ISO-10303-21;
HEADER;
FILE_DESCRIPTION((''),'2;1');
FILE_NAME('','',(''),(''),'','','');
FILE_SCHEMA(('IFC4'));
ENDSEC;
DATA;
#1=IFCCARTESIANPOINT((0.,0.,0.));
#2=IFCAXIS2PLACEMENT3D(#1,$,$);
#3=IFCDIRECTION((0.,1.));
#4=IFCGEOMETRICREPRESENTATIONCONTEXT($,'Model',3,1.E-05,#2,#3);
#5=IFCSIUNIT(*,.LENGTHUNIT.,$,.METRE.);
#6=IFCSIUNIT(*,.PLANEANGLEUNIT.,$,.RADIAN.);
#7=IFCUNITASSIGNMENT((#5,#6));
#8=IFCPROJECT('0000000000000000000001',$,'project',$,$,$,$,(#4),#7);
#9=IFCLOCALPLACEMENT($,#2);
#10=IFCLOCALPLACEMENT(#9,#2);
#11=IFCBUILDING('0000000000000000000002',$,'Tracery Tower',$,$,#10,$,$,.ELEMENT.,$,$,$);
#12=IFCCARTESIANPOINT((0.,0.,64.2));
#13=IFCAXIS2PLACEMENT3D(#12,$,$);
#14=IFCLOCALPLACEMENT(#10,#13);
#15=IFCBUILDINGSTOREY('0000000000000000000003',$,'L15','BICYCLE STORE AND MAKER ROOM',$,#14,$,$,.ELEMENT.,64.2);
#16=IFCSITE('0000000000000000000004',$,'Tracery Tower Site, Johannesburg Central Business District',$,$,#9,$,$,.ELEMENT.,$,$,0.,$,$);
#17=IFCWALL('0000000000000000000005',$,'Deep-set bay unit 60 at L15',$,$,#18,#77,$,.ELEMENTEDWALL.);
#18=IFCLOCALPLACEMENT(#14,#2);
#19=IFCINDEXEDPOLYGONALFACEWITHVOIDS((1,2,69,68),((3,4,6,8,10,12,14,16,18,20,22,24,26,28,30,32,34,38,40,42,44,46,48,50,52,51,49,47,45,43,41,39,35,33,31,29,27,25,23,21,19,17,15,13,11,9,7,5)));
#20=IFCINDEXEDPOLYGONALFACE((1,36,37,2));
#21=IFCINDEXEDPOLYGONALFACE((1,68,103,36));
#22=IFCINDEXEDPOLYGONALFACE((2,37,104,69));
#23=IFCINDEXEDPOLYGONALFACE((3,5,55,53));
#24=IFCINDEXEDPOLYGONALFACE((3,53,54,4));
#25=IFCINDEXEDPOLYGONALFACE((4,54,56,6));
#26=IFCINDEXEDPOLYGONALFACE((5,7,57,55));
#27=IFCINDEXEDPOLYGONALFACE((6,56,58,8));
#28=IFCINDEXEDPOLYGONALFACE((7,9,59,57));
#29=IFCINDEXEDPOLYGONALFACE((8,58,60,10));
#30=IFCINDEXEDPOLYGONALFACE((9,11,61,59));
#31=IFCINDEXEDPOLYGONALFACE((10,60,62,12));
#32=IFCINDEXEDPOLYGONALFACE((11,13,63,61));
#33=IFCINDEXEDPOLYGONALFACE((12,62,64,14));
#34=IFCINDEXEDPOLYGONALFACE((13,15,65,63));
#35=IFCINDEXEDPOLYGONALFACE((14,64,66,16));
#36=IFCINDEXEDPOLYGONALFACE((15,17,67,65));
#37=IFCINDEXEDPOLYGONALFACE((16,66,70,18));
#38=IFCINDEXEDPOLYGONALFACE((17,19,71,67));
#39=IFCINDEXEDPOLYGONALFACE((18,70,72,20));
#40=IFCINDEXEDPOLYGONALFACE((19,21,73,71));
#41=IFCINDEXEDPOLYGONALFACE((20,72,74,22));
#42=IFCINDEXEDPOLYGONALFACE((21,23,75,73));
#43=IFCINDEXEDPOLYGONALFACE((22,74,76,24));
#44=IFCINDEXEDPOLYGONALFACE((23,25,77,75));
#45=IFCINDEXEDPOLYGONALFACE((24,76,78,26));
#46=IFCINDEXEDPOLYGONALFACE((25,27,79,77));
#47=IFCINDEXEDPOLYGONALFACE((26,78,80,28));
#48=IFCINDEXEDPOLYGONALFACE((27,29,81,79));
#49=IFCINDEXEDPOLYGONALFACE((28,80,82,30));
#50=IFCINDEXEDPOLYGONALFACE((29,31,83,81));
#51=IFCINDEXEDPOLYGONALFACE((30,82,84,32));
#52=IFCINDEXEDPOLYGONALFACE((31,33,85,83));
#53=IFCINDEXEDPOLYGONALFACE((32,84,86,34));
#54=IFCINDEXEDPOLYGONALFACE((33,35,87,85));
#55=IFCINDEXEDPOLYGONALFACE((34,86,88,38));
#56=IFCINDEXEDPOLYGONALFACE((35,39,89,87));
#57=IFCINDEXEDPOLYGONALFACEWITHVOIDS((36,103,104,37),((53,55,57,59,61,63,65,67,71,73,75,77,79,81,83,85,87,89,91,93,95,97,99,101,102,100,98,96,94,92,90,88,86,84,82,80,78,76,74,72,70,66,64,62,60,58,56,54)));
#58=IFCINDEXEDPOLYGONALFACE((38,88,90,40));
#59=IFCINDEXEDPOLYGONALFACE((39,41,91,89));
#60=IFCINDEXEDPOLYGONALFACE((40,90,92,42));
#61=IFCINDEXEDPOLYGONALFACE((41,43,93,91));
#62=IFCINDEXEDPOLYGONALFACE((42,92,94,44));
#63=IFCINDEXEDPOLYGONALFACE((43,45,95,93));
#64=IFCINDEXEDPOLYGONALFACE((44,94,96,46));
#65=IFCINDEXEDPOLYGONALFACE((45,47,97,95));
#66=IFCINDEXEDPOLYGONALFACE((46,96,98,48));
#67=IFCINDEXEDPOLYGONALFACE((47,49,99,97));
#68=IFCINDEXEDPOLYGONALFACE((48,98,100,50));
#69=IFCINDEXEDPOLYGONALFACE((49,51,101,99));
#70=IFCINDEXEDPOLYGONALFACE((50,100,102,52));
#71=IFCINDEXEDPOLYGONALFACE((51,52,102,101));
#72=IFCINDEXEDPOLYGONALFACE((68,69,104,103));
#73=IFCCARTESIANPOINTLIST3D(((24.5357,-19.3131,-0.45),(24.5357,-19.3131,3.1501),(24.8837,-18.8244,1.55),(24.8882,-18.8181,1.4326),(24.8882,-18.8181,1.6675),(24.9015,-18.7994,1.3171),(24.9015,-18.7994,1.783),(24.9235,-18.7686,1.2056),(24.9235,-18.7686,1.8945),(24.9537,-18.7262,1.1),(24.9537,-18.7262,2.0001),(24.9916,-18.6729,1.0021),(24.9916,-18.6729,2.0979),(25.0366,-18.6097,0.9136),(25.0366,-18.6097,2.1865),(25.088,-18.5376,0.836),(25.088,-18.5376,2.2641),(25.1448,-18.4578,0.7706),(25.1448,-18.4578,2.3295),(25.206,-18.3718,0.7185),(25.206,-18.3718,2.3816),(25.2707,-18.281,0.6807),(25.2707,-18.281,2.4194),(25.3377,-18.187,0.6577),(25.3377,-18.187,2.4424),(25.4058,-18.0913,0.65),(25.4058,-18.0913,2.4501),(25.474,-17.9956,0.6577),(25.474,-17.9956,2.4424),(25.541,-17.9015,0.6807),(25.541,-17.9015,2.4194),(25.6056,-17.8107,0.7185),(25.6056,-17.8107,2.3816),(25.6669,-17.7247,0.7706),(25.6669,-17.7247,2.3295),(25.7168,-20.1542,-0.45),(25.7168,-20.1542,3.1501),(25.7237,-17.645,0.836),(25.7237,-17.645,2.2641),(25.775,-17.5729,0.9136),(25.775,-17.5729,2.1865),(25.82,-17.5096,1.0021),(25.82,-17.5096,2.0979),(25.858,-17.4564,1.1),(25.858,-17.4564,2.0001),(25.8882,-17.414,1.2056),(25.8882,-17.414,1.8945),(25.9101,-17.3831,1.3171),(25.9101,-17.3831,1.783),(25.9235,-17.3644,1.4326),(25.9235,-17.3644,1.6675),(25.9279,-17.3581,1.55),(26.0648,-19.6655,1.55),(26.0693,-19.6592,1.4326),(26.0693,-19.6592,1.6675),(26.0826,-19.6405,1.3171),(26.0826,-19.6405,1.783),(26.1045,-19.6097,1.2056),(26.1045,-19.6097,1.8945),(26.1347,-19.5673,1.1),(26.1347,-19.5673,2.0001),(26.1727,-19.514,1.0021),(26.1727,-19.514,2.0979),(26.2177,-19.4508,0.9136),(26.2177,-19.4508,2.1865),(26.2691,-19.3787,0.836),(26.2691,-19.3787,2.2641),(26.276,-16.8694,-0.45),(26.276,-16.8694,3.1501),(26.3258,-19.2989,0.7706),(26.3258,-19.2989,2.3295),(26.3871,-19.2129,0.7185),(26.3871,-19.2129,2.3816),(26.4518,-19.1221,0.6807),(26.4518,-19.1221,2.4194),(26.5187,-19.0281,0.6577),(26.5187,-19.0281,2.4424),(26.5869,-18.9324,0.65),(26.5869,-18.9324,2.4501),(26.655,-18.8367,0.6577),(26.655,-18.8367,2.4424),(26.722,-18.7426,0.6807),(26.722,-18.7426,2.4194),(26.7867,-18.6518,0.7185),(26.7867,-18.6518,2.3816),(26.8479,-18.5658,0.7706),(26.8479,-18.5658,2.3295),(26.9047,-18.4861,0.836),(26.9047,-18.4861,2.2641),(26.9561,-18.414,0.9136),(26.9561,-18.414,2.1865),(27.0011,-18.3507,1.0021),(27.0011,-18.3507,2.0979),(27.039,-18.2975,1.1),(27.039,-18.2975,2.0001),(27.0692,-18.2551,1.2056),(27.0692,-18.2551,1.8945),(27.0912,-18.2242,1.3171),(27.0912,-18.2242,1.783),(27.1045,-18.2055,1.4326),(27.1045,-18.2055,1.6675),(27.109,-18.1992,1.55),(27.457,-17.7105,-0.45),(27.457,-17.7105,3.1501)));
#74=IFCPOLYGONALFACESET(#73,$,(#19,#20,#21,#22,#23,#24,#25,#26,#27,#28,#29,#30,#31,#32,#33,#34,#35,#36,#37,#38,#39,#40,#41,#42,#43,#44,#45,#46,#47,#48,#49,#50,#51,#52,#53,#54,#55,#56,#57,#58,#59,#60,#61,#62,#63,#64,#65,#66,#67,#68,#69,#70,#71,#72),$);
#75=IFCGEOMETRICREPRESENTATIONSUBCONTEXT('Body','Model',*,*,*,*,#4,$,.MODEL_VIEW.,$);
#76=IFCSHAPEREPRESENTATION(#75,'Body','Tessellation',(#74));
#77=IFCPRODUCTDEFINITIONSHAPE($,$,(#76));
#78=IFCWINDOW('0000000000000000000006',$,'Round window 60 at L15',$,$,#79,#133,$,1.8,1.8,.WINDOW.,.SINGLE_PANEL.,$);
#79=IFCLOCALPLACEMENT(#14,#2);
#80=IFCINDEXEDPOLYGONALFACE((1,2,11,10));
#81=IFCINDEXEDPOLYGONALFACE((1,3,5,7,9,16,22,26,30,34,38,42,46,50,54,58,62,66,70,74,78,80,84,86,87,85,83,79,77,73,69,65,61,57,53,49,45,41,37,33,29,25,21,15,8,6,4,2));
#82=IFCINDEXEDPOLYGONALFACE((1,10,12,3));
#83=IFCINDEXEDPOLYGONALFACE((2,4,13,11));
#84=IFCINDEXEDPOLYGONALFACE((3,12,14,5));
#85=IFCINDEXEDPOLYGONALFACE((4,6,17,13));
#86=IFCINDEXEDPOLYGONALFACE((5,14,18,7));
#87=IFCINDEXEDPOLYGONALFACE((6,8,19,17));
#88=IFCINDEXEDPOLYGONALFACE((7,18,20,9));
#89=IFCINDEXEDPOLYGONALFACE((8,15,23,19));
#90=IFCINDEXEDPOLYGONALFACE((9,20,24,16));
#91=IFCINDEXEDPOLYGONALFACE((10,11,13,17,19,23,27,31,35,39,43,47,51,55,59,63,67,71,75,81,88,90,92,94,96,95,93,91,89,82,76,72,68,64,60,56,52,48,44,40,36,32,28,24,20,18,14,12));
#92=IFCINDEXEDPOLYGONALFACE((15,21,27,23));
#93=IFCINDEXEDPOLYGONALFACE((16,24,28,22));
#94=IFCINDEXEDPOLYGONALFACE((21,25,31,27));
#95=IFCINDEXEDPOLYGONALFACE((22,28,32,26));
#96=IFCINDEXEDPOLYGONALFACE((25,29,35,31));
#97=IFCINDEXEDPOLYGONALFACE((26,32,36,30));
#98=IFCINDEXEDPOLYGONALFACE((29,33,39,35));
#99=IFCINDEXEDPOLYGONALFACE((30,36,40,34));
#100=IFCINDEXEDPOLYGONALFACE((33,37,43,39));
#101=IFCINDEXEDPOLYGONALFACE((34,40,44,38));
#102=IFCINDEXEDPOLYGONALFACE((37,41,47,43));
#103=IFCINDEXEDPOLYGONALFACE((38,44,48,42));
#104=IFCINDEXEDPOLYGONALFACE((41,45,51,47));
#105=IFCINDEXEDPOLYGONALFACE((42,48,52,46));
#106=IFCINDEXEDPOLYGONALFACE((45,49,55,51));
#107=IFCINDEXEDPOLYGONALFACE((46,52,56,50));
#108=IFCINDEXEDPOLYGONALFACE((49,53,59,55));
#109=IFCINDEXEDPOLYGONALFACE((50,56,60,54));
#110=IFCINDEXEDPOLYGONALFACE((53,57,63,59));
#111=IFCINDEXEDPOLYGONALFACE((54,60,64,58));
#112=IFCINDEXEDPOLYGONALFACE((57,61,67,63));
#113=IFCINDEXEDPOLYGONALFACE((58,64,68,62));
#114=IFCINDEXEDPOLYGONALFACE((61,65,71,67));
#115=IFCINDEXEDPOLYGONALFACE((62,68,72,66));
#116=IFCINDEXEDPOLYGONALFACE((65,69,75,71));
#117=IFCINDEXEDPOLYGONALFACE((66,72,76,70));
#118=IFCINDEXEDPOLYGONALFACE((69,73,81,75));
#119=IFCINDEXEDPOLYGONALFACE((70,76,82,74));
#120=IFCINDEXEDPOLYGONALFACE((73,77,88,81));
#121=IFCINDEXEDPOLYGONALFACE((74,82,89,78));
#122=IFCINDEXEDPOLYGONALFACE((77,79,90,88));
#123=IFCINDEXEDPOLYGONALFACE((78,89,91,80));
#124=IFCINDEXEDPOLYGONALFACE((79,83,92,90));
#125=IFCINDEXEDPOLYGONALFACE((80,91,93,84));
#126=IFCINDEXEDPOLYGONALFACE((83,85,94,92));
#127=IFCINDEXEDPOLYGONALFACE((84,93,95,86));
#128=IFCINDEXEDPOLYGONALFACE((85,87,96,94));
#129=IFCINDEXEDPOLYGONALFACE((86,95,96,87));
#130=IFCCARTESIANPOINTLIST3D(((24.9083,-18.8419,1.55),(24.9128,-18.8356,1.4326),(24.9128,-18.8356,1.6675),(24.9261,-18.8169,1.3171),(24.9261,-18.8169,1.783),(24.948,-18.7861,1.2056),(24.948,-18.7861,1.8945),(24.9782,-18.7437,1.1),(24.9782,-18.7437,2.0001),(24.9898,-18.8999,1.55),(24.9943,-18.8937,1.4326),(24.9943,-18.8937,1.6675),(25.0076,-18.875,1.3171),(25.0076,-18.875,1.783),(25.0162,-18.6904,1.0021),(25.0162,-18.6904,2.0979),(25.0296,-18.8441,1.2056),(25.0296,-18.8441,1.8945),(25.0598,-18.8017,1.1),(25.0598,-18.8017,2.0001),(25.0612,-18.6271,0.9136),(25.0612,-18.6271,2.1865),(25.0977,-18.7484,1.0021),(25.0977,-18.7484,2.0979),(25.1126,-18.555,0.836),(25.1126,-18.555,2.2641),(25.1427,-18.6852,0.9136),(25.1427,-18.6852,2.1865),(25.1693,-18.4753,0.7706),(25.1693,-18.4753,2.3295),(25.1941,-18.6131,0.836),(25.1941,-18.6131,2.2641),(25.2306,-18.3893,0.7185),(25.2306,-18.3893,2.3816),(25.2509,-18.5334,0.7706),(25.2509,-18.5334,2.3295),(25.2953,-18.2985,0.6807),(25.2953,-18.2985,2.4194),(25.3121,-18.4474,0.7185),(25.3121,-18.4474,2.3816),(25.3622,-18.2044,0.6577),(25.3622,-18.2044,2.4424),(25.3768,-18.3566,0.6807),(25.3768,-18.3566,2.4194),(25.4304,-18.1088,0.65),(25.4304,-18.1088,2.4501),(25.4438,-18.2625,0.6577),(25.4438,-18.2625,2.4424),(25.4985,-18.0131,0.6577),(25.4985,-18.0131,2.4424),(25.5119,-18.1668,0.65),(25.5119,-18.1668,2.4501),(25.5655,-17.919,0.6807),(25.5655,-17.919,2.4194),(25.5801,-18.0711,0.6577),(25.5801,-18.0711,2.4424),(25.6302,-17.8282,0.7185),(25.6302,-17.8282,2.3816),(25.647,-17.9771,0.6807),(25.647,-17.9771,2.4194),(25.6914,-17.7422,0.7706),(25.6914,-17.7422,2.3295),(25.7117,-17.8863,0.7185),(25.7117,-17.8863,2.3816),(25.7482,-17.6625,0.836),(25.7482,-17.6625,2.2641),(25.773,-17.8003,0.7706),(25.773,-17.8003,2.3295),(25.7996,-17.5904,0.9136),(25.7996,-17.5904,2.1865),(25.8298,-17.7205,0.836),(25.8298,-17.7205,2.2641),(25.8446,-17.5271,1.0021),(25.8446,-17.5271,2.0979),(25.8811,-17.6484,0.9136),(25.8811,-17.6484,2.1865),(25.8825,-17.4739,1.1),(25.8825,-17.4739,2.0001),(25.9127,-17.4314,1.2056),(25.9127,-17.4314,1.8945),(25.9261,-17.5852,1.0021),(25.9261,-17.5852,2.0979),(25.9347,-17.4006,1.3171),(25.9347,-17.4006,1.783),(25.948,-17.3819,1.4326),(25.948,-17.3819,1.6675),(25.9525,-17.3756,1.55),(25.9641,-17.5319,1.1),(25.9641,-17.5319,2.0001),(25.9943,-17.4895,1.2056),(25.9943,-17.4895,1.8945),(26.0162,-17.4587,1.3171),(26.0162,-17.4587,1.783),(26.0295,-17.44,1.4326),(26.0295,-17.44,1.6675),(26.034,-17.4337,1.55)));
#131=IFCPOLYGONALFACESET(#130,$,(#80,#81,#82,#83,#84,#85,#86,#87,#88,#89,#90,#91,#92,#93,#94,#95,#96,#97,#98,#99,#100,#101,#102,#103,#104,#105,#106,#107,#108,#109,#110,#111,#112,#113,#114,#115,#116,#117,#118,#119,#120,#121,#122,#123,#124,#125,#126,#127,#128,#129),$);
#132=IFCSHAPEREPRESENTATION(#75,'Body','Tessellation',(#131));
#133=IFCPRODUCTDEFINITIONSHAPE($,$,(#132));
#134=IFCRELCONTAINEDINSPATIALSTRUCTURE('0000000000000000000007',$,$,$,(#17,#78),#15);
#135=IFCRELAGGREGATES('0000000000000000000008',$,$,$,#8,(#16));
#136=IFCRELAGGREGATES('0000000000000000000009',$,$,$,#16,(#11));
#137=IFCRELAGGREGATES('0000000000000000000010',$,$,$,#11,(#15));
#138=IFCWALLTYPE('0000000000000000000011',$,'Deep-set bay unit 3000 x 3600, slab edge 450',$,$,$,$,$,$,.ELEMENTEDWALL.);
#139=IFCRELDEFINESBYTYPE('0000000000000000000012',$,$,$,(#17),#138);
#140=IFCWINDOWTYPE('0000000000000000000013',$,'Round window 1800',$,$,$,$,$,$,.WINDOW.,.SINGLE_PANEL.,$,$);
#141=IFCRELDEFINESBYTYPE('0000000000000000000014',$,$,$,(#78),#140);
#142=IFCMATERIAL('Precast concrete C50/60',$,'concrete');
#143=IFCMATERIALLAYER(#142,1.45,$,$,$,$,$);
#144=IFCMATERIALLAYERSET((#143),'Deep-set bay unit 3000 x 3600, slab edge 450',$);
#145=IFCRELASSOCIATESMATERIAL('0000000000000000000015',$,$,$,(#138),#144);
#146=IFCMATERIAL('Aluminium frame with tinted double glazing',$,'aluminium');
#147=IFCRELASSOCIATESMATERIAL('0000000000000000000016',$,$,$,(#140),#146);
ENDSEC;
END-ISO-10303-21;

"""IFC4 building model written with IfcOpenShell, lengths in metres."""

from ifc_helpers import new_model, si_unit, direction, frame, frame_2d, origin, origin_2d, place, context, subcontext, project, spatial, rectangle, circle, extrude, material, layer, layer_set, type_object, element, fill, save


model = new_model("IFC4")

# Units and contexts
model_context = context("Model", 3, precision=1e-05, world=origin(), true_north=direction((0.0, 1.0)))
body_context = subcontext(model_context, "Body", "Model", "MODEL_VIEW")
ifc_project = project(units=[si_unit("LENGTHUNIT", "METRE"), si_unit("PLANEANGLEUNIT", "RADIAN")], contexts=[model_context])

# Site, building, storey
site_placement = place(None, origin())
site = spatial("IfcSite", under=ifc_project, at=site_placement, Name="Tracery Tower Site, Johannesburg Central Business District", CompositionType="ELEMENT", RefElevation=0.0)
building_placement = place(site_placement, origin())
building = spatial("IfcBuilding", under=site, at=building_placement, Name="Tracery Tower", CompositionType="ELEMENT")
storey_placement = place(building_placement, frame((0.0, 0.0, 64.2)))
storey = spatial("IfcBuildingStorey", under=building, at=storey_placement, Name="L15", Description="BICYCLE STORE AND MAKER ROOM", CompositionType="ELEMENT", Elevation=64.2)

# Wall, opening, window
ifc_material_1 = material(Name="Precast concrete C50/60", Category="concrete")
ifc_layer_1 = layer(ifc_material_1, 1.45)
ifc_layer_set_1 = layer_set([ifc_layer_1], Name="Deep-set bay unit 3000 x 3600, slab edge 450")
wall_type_1 = type_object("IfcWallType", Name="Deep-set bay unit 3000 x 3600, slab edge 450", PredefinedType="ELEMENTEDWALL", material=ifc_layer_set_1)
ifc_material_2 = material(Name="Aluminium frame with tinted double glazing", Category="aluminium")
window_type = type_object("IfcWindowType", Name="Round window 1800", PartitioningType="SINGLE_PANEL", PredefinedType="WINDOW", material=ifc_material_2)
wall_1_placement = place(storey_placement, frame((25.1262, -19.7336, -0.45), z_axis=(0.0, 0.0, 1.0), x_axis=(0.580091, 0.814552, 0.0)))
wall_1 = element("IfcWall", 1, at=wall_1_placement, inside=storey, type_object=wall_type_1, Name="Deep-set bay unit 60 at L15", PredefinedType="ELEMENTEDWALL", context=body_context, shape_type="SweptSolid", body=[
    extrude(rectangle(XDim=3.0, YDim=1.45, at=frame_2d((1.5, 0.0))), origin(), (0.0, 0.0, 1.0), 3.6001),
])
opening_1_placement = place(wall_1_placement, frame((1.5, 0.0, 2.0)))
opening_1 = element("IfcOpeningElement", 2, at=opening_1_placement, cuts=wall_1, PredefinedType="OPENING", context=body_context, shape_type="SweptSolid", body=[
    extrude(circle(Radius=0.9, at=origin_2d()), frame((0.0, 0.7349, 0.0), z_axis=(0.0, -1.0, 0.0), x_axis=(1.0, 0.0, 0.0)), (0.0, 0.0, 1.0), 1.47),
])
window_1_placement = place(opening_1_placement, origin())
window_1 = element("IfcWindow", 3, at=window_1_placement, inside=storey, type_object=window_type, Name="Round window 60 at L15", OverallHeight=1.8, OverallWidth=1.8, PartitioningType="SINGLE_PANEL", PredefinedType="WINDOW", context=body_context, shape_type="SweptSolid", body=[
    extrude(circle(Radius=0.9, at=origin_2d()), frame((0.0, 0.6948, 0.0), z_axis=(0.0, -1.0, 0.0), x_axis=(1.0, 0.0, 0.0)), (0.0, 0.0, 1.0), 0.1001),
])
fill(opening_1, window_1)

save(model, "model.ifc")
